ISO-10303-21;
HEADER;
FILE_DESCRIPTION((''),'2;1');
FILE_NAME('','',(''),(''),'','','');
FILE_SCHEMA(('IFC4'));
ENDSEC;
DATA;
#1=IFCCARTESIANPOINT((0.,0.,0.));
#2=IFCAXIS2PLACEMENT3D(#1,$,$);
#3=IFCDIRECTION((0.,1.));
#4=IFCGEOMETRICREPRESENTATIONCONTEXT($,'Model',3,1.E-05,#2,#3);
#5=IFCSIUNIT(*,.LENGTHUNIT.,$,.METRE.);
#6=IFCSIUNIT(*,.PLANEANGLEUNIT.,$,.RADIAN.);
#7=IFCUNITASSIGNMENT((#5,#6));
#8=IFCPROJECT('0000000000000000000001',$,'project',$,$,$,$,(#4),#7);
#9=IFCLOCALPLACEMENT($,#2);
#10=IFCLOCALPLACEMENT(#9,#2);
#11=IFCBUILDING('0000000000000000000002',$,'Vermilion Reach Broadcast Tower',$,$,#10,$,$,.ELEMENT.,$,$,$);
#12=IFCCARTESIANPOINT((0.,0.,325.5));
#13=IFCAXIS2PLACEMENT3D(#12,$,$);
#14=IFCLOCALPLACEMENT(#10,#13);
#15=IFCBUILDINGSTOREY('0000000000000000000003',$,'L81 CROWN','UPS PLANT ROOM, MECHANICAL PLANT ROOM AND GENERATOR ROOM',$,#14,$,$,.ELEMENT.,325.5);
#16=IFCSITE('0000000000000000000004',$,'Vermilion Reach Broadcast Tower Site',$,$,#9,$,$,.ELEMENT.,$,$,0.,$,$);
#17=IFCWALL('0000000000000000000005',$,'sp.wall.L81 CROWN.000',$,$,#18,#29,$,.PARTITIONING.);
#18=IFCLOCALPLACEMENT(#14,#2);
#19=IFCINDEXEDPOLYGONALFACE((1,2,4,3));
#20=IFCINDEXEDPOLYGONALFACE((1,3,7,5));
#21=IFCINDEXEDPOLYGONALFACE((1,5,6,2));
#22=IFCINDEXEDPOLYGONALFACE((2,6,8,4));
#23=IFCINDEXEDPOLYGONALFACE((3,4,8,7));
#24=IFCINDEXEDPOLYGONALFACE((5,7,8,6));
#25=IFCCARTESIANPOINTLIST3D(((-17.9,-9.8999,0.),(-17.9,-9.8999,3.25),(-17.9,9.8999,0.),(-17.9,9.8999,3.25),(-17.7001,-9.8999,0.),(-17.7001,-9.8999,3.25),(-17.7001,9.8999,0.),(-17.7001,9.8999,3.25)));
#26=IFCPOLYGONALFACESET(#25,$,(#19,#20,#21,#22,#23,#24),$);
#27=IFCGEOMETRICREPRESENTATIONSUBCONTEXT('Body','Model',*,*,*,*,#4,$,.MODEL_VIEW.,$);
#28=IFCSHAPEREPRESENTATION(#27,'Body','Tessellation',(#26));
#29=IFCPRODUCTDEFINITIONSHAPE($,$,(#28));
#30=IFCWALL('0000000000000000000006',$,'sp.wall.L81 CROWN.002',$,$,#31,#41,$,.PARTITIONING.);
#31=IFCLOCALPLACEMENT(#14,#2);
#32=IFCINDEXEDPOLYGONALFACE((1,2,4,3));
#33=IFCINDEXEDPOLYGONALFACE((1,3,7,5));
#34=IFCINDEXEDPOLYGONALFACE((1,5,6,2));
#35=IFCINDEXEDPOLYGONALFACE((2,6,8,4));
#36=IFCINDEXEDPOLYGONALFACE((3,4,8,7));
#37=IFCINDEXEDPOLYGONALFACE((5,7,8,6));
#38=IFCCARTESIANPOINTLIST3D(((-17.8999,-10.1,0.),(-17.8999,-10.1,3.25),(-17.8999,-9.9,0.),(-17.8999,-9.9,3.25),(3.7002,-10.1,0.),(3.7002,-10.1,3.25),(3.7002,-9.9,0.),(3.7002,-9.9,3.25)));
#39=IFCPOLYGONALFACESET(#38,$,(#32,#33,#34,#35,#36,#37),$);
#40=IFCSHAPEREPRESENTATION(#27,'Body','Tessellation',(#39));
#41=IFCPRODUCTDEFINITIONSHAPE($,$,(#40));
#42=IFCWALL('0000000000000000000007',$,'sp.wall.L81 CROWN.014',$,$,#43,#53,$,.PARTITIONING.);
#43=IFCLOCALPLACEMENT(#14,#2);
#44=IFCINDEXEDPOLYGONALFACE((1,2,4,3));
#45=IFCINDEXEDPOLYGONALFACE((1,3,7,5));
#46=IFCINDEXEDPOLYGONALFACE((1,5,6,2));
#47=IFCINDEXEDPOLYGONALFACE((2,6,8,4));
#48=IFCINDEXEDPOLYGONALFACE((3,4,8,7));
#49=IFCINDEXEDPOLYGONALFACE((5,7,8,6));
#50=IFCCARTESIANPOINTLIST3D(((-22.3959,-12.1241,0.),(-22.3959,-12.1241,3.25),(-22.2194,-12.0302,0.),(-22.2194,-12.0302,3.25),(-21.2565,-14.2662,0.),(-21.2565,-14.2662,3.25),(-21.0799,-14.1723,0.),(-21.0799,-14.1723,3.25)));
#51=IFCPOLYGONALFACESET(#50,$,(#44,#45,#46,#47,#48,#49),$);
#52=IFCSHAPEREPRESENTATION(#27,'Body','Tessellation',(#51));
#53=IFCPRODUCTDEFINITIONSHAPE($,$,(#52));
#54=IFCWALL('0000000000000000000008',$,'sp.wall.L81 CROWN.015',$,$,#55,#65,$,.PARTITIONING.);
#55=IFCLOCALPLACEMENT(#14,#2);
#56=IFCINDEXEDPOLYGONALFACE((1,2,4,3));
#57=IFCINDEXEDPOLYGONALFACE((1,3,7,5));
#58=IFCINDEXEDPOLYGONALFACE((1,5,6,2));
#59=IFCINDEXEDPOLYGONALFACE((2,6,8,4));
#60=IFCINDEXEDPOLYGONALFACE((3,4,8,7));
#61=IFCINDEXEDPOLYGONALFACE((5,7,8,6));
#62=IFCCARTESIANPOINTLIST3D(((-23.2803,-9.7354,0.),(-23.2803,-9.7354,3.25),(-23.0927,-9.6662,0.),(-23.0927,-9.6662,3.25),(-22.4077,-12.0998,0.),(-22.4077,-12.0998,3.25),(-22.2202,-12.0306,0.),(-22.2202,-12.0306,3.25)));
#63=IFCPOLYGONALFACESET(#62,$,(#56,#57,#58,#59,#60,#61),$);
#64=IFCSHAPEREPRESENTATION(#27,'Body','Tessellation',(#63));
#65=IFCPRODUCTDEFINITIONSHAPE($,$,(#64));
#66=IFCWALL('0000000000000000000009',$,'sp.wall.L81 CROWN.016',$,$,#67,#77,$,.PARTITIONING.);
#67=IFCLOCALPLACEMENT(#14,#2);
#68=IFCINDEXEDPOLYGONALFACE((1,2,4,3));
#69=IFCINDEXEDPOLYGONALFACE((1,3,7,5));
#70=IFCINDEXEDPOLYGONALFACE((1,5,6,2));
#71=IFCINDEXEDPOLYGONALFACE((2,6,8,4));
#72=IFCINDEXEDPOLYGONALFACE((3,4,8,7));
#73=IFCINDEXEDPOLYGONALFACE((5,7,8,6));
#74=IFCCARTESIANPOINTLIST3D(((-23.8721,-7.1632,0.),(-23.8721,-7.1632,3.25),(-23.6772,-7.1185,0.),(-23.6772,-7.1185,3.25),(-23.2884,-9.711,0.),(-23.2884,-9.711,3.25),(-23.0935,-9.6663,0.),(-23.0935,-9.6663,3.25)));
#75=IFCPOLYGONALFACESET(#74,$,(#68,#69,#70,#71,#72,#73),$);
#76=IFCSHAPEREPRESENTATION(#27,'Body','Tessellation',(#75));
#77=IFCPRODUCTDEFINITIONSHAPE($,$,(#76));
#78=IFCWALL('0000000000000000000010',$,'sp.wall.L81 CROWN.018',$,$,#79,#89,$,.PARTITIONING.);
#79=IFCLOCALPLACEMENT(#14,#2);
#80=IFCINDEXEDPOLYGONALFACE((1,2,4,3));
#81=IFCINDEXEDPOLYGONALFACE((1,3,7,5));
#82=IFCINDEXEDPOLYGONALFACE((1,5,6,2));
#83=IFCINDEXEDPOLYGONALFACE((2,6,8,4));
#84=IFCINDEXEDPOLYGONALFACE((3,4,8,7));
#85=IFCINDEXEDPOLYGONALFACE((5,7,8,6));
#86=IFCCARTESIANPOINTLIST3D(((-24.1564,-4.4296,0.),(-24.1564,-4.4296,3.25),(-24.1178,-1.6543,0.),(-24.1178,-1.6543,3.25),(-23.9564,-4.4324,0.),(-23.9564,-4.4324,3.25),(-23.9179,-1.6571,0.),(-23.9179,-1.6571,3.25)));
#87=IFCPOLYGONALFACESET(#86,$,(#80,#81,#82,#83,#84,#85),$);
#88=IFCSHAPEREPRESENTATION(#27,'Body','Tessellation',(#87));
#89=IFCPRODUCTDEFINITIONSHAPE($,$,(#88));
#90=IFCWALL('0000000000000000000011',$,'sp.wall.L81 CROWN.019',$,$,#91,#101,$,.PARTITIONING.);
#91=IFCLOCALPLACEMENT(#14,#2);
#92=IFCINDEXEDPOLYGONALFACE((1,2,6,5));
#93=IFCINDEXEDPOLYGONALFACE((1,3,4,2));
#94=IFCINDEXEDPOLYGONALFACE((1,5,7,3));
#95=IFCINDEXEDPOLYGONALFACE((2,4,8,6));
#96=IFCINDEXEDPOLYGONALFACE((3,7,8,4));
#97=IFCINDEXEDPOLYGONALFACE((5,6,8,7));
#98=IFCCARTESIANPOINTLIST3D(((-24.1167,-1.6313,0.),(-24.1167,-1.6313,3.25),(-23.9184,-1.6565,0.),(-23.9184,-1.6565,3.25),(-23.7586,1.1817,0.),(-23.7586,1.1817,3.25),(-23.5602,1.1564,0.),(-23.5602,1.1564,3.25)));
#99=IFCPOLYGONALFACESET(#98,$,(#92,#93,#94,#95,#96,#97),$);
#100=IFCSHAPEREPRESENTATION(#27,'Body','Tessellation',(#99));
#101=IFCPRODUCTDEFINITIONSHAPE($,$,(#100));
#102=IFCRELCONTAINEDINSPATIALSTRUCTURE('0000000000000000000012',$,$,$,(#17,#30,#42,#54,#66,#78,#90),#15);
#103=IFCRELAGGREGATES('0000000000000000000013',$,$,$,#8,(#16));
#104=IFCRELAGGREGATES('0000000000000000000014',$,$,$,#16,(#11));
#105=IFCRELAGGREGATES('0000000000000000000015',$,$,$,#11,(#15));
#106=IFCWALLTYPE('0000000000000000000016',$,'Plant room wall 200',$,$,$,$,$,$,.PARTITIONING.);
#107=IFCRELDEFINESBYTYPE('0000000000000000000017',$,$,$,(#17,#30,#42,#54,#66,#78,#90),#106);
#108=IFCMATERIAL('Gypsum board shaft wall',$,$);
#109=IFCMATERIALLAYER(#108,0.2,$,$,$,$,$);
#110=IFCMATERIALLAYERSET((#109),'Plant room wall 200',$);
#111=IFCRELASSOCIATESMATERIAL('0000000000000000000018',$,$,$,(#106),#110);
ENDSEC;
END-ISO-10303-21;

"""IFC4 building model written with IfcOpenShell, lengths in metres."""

from ifc_helpers import new_model, si_unit, direction, frame, frame_2d, origin, place, context, subcontext, project, spatial, rectangle, extrude, material, layer, layer_set, type_object, element, save


model = new_model("IFC4")

# Units and contexts
model_context = context("Model", 3, precision=1e-05, world=origin(), true_north=direction((0.0, 1.0)))
body_context = subcontext(model_context, "Body", "Model", "MODEL_VIEW")
ifc_project = project(units=[si_unit("LENGTHUNIT", "METRE"), si_unit("PLANEANGLEUNIT", "RADIAN")], contexts=[model_context])

# Site, building, storey
site_placement = place(None, origin())
site = spatial("IfcSite", under=ifc_project, at=site_placement, Name="Vermilion Reach Broadcast Tower Site", CompositionType="ELEMENT", RefElevation=0.0)
building_placement = place(site_placement, origin())
building = spatial("IfcBuilding", under=site, at=building_placement, Name="Vermilion Reach Broadcast Tower", CompositionType="ELEMENT")
storey_placement = place(building_placement, frame((0.0, 0.0, 325.5)))
storey = spatial("IfcBuildingStorey", under=building, at=storey_placement, Name="L81 CROWN", Description="UPS PLANT ROOM, MECHANICAL PLANT ROOM AND GENERATOR ROOM", CompositionType="ELEMENT", Elevation=325.5)

# Walls
ifc_material_1 = material(Name="Gypsum board shaft wall")
ifc_layer_1 = layer(ifc_material_1, 0.2)
ifc_layer_set_1 = layer_set([ifc_layer_1], Name="Plant room wall 200")
wall_type_1 = type_object("IfcWallType", Name="Plant room wall 200", PredefinedType="PARTITIONING", material=ifc_layer_set_1)
wall_1_placement = place(storey_placement, frame((-17.8, -9.8999, 0.0), z_axis=(0.0, 0.0, 1.0), x_axis=(0.0, 1.0, 0.0)))
element("IfcWall", 1, at=wall_1_placement, inside=storey, type_object=wall_type_1, Name="sp.wall.L81 CROWN.000", PredefinedType="PARTITIONING", context=body_context, shape_type="SweptSolid", body=[
    extrude(rectangle(XDim=19.7998, YDim=0.2, at=frame_2d((9.8999, 0.0))), origin(), (0.0, 0.0, 1.0), 3.25),
])
wall_2_placement = place(storey_placement, frame((-17.8999, -10.0, 0.0), z_axis=(0.0, 0.0, 1.0), x_axis=(1.0, 0.0, 0.0)))
element("IfcWall", 2, at=wall_2_placement, inside=storey, type_object=wall_type_1, Name="sp.wall.L81 CROWN.002", PredefinedType="PARTITIONING", context=body_context, shape_type="SweptSolid", body=[
    extrude(rectangle(XDim=21.6001, YDim=0.2, at=frame_2d((10.8, 0.0))), origin(), (0.0, 0.0, 1.0), 3.25),
])
wall_3_placement = place(storey_placement, frame((-22.3076, -12.0771, 0.0), z_axis=(0.0, 0.0, 1.0), x_axis=(0.469611, -0.882873, 0.0)))
element("IfcWall", 3, at=wall_3_placement, inside=storey, type_object=wall_type_1, Name="sp.wall.L81 CROWN.014", PredefinedType="PARTITIONING", context=body_context, shape_type="SweptSolid", body=[
    extrude(rectangle(XDim=2.4263, YDim=0.2, at=frame_2d((1.2131, 0.0))), origin(), (0.0, 0.0, 1.0), 3.25),
])
wall_4_placement = place(storey_placement, frame((-23.1865, -9.7007, 0.0), z_axis=(0.0, 0.0, 1.0), x_axis=(0.346204, -0.938159, 0.0)))
element("IfcWall", 4, at=wall_4_placement, inside=storey, type_object=wall_type_1, Name="sp.wall.L81 CROWN.015", PredefinedType="PARTITIONING", context=body_context, shape_type="SweptSolid", body=[
    extrude(rectangle(XDim=2.5203, YDim=0.2, at=frame_2d((1.2603, 0.0))), origin(), (0.0, 0.0, 1.0), 3.25),
])
wall_5_placement = place(storey_placement, frame((-23.7747, -7.1409, 0.0), z_axis=(0.0, 0.0, 1.0), x_axis=(0.223324, -0.974744, 0.0)))
element("IfcWall", 5, at=wall_5_placement, inside=storey, type_object=wall_type_1, Name="sp.wall.L81 CROWN.016", PredefinedType="PARTITIONING", context=body_context, shape_type="SweptSolid", body=[
    extrude(rectangle(XDim=2.6138, YDim=0.2, at=frame_2d((1.3069, 0.0))), origin(), (0.0, 0.0, 1.0), 3.25),
])

# Walls
wall_6_placement = place(storey_placement, frame((-24.0564, -4.4309, 0.0), z_axis=(0.0, 0.0, 1.0), x_axis=(0.013897, 0.999903, 0.0)))
element("IfcWall", 6, at=wall_6_placement, inside=storey, type_object=wall_type_1, Name="sp.wall.L81 CROWN.018", PredefinedType="PARTITIONING", context=body_context, shape_type="SweptSolid", body=[
    extrude(rectangle(XDim=2.7756, YDim=0.2, at=frame_2d((1.3877, 0.0))), origin(), (0.0, 0.0, 1.0), 3.25),
])
wall_7_placement = place(storey_placement, frame((-24.0176, -1.644, 0.0), z_axis=(0.0, 0.0, 1.0), x_axis=(0.126302, 0.991992, 0.0)))
element("IfcWall", 7, at=wall_7_placement, inside=storey, type_object=wall_type_1, Name="sp.wall.L81 CROWN.019", PredefinedType="PARTITIONING", context=body_context, shape_type="SweptSolid", body=[
    extrude(rectangle(XDim=2.8357, YDim=0.2, at=frame_2d((1.418, 0.0))), origin(), (0.0, 0.0, 1.0), 3.25),
])

save(model, "model.ifc")
